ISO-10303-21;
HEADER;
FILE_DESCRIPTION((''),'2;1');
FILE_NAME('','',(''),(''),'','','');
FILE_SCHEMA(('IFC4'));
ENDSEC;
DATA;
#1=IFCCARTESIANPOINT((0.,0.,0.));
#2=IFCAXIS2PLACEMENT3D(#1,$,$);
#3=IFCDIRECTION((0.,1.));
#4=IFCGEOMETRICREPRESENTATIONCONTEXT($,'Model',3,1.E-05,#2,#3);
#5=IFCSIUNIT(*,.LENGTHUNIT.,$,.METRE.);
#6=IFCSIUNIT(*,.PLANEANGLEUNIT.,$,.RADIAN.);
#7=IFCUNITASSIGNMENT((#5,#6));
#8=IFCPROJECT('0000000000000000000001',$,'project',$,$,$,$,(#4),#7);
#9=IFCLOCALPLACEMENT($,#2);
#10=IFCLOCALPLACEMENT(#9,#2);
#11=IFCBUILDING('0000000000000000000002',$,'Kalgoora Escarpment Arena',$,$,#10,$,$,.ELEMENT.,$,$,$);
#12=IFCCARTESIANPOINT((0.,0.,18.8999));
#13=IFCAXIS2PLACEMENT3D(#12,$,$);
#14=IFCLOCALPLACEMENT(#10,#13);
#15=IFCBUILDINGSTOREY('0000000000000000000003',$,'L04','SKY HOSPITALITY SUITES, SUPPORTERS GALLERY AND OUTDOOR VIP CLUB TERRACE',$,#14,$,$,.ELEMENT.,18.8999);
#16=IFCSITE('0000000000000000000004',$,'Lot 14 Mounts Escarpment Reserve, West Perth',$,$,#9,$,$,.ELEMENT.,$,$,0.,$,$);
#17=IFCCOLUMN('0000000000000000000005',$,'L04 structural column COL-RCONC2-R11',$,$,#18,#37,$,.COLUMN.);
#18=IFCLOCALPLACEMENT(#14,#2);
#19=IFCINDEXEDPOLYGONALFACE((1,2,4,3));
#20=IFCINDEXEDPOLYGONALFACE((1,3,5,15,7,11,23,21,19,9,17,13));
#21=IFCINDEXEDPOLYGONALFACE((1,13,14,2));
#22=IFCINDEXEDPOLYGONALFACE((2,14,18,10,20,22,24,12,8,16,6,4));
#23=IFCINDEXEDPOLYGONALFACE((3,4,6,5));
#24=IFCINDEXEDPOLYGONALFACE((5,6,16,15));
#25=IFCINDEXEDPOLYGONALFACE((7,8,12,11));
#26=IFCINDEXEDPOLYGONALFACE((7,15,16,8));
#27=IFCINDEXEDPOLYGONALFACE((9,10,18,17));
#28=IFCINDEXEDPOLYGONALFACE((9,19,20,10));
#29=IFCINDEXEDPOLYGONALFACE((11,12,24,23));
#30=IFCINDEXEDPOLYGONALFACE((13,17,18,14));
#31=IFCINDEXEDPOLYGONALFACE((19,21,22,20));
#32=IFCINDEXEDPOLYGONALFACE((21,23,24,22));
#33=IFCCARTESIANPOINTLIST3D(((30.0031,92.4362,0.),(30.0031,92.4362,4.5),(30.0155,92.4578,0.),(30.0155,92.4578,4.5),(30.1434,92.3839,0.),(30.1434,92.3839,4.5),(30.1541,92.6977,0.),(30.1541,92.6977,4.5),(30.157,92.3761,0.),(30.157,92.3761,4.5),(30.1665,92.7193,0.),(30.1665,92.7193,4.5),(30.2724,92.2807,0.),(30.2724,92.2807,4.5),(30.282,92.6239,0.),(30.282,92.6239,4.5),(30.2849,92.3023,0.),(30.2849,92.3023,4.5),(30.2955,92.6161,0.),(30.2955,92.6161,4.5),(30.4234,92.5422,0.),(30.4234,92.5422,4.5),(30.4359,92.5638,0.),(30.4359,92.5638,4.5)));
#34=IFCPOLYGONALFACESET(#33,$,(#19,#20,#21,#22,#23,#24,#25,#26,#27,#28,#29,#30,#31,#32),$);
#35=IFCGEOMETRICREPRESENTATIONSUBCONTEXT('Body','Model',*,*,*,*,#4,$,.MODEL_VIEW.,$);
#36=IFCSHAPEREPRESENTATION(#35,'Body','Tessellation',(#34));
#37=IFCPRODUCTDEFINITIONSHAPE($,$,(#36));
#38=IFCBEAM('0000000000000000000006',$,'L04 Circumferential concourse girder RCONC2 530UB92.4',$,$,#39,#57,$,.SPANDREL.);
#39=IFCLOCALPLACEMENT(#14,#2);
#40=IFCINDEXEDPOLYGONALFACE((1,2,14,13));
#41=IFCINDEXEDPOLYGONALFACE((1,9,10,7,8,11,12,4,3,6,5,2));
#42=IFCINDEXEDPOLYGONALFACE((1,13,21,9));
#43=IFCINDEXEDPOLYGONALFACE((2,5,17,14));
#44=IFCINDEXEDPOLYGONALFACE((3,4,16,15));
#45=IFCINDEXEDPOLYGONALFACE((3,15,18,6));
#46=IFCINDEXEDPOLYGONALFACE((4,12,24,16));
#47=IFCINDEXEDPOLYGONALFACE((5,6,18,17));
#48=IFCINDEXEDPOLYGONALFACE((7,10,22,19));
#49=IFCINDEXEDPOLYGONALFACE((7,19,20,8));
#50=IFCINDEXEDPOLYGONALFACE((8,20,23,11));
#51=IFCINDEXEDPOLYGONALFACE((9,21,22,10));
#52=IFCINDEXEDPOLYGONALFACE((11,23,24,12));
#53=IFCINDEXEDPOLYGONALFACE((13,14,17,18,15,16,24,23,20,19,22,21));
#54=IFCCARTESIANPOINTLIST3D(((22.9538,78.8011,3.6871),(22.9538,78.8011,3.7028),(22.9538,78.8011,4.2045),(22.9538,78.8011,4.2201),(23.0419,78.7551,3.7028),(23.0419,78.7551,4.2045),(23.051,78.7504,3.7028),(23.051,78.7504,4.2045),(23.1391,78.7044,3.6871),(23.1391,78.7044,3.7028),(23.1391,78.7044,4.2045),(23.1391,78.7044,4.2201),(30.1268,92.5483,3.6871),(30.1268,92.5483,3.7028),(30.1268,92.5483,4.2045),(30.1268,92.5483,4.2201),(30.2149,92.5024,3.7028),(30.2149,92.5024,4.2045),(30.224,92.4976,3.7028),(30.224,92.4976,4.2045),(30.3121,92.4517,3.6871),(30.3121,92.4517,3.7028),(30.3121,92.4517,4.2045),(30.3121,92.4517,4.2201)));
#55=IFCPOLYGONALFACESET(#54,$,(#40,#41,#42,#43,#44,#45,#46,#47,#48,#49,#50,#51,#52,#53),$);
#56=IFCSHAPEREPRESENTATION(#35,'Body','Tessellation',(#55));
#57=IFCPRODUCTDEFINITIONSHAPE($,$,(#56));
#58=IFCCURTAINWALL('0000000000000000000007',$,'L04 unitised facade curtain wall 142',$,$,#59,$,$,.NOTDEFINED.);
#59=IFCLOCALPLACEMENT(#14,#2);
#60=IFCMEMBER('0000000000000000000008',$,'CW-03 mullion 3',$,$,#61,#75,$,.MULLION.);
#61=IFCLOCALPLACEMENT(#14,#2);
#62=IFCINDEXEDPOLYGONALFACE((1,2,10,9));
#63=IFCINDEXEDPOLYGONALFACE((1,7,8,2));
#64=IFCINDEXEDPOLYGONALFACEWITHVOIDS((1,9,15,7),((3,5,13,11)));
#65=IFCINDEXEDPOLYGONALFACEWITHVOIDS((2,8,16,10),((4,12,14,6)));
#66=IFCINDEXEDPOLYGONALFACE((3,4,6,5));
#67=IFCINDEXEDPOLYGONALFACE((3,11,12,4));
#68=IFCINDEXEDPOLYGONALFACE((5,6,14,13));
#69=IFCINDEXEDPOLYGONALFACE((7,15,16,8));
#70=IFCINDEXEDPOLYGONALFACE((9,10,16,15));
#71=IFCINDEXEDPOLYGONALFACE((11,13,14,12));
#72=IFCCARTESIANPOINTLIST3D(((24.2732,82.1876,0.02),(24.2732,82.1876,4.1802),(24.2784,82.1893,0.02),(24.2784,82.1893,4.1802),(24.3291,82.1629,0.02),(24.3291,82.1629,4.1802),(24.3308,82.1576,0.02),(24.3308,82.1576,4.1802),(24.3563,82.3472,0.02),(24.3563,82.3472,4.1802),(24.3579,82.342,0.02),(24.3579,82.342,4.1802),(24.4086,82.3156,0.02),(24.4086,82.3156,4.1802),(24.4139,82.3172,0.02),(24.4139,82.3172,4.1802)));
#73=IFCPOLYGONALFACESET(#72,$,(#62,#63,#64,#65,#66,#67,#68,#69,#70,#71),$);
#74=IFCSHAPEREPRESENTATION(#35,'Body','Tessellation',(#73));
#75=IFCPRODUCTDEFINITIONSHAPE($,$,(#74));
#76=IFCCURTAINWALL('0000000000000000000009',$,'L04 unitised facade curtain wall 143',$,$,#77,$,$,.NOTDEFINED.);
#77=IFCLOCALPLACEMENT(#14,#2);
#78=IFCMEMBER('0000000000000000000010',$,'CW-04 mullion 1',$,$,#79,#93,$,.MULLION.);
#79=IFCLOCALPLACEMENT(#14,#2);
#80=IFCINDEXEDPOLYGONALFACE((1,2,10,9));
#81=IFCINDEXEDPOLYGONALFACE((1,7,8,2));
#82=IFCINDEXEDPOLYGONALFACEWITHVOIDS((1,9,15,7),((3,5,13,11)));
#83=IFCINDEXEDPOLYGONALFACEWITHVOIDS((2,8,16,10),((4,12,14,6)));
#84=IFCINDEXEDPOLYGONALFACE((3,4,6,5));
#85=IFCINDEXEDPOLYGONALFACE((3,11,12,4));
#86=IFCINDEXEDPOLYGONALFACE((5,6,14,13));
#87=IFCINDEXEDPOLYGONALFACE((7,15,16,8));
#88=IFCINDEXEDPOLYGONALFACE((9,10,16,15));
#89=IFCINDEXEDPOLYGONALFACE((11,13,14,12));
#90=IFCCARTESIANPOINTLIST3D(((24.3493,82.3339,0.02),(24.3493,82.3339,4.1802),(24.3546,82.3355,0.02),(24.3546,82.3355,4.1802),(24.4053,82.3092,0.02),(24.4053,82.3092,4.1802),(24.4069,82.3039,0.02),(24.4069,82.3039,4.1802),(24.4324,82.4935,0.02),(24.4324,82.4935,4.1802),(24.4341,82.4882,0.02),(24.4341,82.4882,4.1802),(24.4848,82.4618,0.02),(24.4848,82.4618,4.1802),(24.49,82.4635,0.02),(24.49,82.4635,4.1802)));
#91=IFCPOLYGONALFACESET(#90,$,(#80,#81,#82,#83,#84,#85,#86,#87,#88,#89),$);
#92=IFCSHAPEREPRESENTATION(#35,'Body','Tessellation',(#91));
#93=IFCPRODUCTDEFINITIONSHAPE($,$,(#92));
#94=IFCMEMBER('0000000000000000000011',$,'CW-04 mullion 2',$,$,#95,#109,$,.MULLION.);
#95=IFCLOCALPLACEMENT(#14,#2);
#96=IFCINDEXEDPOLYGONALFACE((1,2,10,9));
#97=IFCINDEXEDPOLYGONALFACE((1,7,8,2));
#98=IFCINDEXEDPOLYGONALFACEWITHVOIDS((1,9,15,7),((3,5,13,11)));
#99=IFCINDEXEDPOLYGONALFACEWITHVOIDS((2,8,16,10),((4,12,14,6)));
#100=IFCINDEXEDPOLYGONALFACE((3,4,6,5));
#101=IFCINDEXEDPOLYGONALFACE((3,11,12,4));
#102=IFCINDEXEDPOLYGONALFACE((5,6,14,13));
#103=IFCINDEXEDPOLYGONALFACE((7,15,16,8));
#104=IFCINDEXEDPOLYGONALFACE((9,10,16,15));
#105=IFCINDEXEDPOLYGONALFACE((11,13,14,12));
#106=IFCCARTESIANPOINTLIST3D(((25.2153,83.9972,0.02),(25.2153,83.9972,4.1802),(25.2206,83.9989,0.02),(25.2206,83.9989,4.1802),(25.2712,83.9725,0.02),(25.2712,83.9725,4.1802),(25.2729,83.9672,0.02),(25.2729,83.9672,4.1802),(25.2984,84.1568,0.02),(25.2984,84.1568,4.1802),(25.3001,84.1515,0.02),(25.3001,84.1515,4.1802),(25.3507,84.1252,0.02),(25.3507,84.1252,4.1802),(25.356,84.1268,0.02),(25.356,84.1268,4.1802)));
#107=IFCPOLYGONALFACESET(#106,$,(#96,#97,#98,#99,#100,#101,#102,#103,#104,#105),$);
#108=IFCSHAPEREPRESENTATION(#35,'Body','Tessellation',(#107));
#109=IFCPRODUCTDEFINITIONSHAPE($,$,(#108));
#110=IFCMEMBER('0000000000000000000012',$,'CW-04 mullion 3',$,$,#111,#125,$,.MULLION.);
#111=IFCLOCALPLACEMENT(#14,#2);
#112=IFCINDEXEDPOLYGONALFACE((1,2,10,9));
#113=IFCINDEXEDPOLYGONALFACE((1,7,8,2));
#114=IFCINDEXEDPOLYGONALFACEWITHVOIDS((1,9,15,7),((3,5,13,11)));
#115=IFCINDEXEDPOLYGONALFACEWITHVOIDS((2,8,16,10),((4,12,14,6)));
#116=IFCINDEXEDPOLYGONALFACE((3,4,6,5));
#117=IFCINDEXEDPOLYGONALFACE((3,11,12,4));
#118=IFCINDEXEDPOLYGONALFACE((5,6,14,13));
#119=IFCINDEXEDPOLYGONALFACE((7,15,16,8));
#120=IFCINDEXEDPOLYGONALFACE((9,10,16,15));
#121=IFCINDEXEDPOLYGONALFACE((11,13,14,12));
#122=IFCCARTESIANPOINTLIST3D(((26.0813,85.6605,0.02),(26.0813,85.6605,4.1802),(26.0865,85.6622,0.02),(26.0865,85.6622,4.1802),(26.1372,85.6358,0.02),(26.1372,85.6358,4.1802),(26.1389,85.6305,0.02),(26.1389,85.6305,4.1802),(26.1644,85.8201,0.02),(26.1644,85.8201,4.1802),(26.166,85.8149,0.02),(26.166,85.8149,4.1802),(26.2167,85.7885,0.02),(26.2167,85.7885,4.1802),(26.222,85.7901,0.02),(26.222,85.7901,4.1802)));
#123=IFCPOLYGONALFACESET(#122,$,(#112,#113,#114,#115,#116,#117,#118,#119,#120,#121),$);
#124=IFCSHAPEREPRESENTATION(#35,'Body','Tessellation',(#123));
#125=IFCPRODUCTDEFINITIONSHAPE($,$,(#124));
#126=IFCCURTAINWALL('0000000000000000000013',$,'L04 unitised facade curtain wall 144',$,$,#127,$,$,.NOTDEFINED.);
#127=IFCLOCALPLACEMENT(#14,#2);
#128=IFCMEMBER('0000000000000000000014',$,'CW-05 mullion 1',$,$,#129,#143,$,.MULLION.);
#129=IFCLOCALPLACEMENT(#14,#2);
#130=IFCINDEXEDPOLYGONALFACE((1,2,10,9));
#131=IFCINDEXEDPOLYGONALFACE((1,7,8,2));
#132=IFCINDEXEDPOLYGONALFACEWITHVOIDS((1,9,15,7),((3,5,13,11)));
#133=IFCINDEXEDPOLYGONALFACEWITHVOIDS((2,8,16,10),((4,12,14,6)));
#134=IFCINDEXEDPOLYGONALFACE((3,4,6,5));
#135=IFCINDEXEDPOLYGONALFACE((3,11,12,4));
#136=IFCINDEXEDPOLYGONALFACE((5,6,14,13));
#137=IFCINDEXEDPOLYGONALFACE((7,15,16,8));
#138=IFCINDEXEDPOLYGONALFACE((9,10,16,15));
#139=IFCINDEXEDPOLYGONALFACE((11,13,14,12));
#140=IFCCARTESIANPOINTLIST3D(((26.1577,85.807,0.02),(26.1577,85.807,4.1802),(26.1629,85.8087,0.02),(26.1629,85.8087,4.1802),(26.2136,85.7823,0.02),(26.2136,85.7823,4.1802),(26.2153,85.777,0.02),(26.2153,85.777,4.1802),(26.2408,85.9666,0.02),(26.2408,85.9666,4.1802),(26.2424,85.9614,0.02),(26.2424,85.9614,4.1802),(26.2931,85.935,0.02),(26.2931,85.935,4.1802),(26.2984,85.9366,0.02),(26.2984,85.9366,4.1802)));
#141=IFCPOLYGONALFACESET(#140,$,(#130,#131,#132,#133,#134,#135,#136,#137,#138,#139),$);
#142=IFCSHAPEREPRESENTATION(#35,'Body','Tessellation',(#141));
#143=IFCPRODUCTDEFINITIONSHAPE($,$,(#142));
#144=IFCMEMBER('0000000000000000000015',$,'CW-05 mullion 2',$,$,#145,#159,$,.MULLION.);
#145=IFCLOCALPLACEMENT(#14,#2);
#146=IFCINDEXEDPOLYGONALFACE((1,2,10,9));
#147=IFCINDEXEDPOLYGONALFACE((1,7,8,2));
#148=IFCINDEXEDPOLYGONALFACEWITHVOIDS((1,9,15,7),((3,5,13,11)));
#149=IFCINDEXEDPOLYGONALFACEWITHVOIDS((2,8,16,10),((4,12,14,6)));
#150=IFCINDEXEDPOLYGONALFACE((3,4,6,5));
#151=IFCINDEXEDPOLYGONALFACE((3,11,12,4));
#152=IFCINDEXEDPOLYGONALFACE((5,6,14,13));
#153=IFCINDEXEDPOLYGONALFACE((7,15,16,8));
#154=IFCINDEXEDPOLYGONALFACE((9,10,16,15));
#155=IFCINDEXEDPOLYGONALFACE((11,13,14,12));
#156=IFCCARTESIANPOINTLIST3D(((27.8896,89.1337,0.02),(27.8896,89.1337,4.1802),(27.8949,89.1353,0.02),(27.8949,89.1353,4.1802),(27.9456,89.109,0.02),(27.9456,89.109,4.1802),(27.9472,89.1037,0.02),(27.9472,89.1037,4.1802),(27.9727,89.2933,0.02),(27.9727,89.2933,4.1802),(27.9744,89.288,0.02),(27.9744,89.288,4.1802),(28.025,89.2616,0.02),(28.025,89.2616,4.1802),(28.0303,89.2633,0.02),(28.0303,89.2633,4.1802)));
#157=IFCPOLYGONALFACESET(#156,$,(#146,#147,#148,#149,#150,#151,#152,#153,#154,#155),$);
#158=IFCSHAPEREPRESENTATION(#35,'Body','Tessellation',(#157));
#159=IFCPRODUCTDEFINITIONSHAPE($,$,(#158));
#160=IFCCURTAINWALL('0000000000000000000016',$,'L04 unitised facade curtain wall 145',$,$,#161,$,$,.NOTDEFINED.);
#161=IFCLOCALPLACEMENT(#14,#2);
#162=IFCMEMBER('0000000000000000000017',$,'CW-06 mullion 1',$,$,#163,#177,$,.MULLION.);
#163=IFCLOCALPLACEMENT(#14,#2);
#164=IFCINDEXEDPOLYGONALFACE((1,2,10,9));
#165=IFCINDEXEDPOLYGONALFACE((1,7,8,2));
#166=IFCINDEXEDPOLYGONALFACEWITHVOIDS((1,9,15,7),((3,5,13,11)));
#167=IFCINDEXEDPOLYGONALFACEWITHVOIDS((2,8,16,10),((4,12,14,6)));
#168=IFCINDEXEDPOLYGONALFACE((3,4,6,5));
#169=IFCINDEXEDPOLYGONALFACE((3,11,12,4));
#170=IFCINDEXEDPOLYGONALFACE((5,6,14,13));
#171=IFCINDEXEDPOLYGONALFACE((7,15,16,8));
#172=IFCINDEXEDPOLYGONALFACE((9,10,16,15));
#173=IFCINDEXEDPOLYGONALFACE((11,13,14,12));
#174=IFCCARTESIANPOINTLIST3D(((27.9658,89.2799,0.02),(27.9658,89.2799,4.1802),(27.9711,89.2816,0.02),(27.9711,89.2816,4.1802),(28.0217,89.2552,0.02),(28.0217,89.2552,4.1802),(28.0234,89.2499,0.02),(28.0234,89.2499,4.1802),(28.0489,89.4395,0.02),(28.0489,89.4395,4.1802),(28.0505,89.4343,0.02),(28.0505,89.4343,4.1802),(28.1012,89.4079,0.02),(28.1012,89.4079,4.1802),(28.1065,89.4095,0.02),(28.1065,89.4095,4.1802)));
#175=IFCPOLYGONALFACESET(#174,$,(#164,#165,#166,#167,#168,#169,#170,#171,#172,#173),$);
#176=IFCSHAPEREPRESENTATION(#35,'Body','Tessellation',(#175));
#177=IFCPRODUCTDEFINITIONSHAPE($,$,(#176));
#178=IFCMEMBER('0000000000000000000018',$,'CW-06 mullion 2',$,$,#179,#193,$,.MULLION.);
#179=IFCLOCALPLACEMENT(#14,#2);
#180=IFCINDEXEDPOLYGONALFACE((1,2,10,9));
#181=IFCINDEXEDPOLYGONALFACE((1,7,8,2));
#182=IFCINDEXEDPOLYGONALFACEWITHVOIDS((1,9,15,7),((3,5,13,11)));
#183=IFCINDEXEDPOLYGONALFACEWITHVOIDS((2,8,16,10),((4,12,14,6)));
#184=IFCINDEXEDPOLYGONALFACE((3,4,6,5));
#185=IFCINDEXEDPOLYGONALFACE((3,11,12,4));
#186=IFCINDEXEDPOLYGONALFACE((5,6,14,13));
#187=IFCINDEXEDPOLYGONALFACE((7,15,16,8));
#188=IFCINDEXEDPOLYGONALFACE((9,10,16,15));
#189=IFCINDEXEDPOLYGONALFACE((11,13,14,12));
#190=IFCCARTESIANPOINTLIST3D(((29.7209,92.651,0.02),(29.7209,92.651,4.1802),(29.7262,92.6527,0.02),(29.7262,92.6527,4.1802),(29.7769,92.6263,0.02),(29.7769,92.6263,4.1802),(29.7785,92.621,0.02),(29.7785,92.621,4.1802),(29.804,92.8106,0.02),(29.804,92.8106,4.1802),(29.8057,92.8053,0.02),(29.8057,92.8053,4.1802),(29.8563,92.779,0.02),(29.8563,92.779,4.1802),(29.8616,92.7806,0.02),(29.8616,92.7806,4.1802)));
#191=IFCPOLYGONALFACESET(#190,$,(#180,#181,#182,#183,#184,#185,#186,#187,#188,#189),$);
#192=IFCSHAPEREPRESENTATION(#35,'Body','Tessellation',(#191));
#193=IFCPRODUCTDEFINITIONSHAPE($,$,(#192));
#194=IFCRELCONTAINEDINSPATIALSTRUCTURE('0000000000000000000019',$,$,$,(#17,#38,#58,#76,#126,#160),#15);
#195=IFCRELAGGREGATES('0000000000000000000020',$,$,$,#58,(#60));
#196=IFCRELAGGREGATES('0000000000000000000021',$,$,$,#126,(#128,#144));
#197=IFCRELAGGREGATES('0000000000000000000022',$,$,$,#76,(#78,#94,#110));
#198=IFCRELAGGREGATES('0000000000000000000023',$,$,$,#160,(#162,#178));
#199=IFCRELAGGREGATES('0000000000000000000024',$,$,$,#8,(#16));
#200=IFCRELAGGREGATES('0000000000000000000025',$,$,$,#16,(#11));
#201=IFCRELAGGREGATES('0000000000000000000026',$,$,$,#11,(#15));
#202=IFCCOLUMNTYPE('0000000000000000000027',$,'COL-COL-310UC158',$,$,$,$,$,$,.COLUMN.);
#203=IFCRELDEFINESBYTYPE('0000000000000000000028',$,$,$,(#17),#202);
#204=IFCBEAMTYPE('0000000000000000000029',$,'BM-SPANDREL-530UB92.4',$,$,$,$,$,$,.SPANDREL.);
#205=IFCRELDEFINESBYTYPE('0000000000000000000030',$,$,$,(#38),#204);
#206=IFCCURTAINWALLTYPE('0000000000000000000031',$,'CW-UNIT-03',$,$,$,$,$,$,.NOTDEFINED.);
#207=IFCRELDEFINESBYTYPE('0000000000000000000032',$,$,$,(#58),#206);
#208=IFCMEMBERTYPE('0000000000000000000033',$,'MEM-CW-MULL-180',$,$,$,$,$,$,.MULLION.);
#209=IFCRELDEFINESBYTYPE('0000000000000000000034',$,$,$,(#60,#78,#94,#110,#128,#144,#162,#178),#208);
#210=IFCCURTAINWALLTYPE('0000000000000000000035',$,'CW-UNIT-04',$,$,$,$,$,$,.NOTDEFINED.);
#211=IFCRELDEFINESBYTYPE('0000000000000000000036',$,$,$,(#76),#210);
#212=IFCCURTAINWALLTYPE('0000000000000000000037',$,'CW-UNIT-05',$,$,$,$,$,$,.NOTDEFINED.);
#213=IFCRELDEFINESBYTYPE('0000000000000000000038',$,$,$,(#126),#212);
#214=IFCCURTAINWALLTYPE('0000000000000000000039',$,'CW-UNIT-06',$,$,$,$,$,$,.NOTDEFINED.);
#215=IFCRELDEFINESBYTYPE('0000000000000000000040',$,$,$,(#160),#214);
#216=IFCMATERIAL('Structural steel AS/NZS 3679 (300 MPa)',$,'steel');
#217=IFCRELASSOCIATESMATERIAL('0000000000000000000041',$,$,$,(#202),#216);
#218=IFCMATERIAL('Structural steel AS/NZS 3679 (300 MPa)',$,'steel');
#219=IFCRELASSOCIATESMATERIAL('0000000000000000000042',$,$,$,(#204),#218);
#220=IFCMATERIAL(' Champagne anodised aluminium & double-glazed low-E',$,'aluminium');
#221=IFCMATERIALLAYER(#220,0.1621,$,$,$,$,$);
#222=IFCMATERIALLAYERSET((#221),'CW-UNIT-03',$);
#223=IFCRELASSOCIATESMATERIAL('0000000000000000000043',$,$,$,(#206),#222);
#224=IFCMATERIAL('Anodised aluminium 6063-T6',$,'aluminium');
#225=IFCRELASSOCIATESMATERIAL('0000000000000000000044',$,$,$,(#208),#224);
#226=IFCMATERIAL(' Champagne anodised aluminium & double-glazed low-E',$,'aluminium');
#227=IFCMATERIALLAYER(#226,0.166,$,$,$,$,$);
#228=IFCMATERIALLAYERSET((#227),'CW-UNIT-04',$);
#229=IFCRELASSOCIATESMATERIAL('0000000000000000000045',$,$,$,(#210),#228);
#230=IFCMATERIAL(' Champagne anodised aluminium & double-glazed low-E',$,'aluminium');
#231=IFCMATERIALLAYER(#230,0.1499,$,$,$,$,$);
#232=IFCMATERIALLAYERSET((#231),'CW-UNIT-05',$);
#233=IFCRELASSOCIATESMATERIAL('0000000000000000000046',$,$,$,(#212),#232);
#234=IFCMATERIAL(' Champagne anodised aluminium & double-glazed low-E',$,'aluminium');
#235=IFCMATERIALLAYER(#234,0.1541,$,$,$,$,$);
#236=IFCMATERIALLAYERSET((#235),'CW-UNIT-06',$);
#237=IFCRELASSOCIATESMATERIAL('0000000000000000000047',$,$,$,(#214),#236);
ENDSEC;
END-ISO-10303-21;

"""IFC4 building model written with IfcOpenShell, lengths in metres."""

from ifc_helpers import new_model, si_unit, direction, frame, origin, origin_2d, place, context, subcontext, project, spatial, hollow_rectangle, i_section, extrude, material, layer, layer_set, material_profile, profile_set, type_object, element, aggregate, save


model = new_model("IFC4")

# Units and contexts
model_context = context("Model", 3, precision=1e-05, world=origin(), true_north=direction((0.0, 1.0)))
body_context = subcontext(model_context, "Body", "Model", "MODEL_VIEW")
ifc_project = project(units=[si_unit("LENGTHUNIT", "METRE"), si_unit("PLANEANGLEUNIT", "RADIAN")], contexts=[model_context])

# Site, building, storey
site_placement = place(None, origin())
site = spatial("IfcSite", under=ifc_project, at=site_placement, Name="Lot 14 Mounts Escarpment Reserve, West Perth", CompositionType="ELEMENT", RefElevation=0.0)
building_placement = place(site_placement, origin())
building = spatial("IfcBuilding", under=site, at=building_placement, Name="Kalgoora Escarpment Arena", CompositionType="ELEMENT")
storey_placement = place(building_placement, frame((0.0, 0.0, 18.8999)))
storey = spatial("IfcBuildingStorey", under=building, at=storey_placement, Name="L04", Description="SKY HOSPITALITY SUITES, SUPPORTERS GALLERY AND OUTDOOR VIP CLUB TERRACE", CompositionType="ELEMENT", Elevation=18.8999)

# Column
ifc_material_1 = material(Name="Structural steel AS/NZS 3679 (300 MPa)", Category="steel")
ifc_material_profile_1 = material_profile(ifc_material_1, i_section(OverallWidth=0.311, OverallDepth=0.3269, WebThickness=0.0156, FlangeThickness=0.0249, at=origin_2d()))
ifc_profile_set_1 = profile_set([ifc_material_profile_1], Name="Structural steel AS/NZS 3679 (300 MPa)")
column_type = type_object("IfcColumnType", Name="COL-COL-310UC158", PredefinedType="COLUMN", material=ifc_profile_set_1)
column_placement = place(storey_placement, frame((30.2195, 92.5, 0.0), z_axis=(0.0, 0.0, 1.0), x_axis=(-0.866025, 0.5, 0.0)))
element("IfcColumn", 1, at=column_placement, inside=storey, type_object=column_type, Name="L04 structural column COL-RCONC2-R11", PredefinedType="COLUMN", context=body_context, shape_type="SweptSolid", body=[
    extrude(i_section(OverallWidth=0.311, OverallDepth=0.3269, WebThickness=0.0156, FlangeThickness=0.0249, at=origin_2d()), origin(), (0.0, 0.0, 1.0), 4.5),
])

# Beam
ifc_material_2 = material(Name="Structural steel AS/NZS 3679 (300 MPa)", Category="steel")
ifc_material_profile_2 = material_profile(ifc_material_2, i_section(OverallWidth=0.209, OverallDepth=0.533, WebThickness=0.0103, FlangeThickness=0.0156, at=origin_2d()))
ifc_profile_set_2 = profile_set([ifc_material_profile_2], Name="Structural steel AS/NZS 3679 (300 MPa)")
beam_type = type_object("IfcBeamType", Name="BM-SPANDREL-530UB92.4", PredefinedType="SPANDREL", material=ifc_profile_set_2)
beam_placement = place(storey_placement, frame((30.2195, 92.5, 3.9536), z_axis=(-0.462596, -0.886569, 0.0), x_axis=(0.886569, -0.462596, 0.0)))
element("IfcBeam", 2, at=beam_placement, inside=storey, type_object=beam_type, Name="L04 Circumferential concourse girder RCONC2 530UB92.4", PredefinedType="SPANDREL", context=body_context, shape_type="SweptSolid", body=[
    extrude(i_section(OverallWidth=0.209, OverallDepth=0.533, WebThickness=0.0103, FlangeThickness=0.0156, at=origin_2d()), origin(), (0.0, 0.0, 1.0), 15.5061),
])

# Curtain wall, member
ifc_material_3 = material(Name=" Champagne anodised aluminium & double-glazed low-E", Category="aluminium")
ifc_layer_1 = layer(ifc_material_3, 0.1621)
ifc_layer_set_1 = layer_set([ifc_layer_1], Name="CW-UNIT-03")
curtain_wall_type_1 = type_object("IfcCurtainWallType", Name="CW-UNIT-03", PredefinedType="NOTDEFINED", material=ifc_layer_set_1)
curtain_wall_1_placement = place(storey_placement, origin())
curtain_wall_1 = element("IfcCurtainWall", 3, at=curtain_wall_1_placement, inside=storey, type_object=curtain_wall_type_1, Name="L04 unitised facade curtain wall 142", PredefinedType="NOTDEFINED")
ifc_material_4 = material(Name="Anodised aluminium 6063-T6", Category="aluminium")
ifc_material_profile_3 = material_profile(ifc_material_4, hollow_rectangle(XDim=0.0649, YDim=0.1799, WallThickness=0.0039, at=origin_2d()))
ifc_profile_set_3 = profile_set([ifc_material_profile_3], Name="Anodised aluminium 6063-T6")
member_type_1 = type_object("IfcMemberType", Name="MEM-CW-MULL-180", PredefinedType="MULLION", material=ifc_profile_set_3)
member_1_placement = place(storey_placement, frame((24.3435, 82.2524, 0.02), z_axis=(0.0, 0.0, 1.0), x_axis=(-0.886981, 0.461806, 0.0)))
member_1 = element("IfcMember", 4, at=member_1_placement, type_object=member_type_1, Name="CW-03 mullion 3", PredefinedType="MULLION", context=body_context, shape_type="SweptSolid", body=[
    extrude(hollow_rectangle(XDim=0.0649, YDim=0.1799, WallThickness=0.0039, at=origin_2d()), origin(), (0.0, 0.0, 1.0), 4.1602),
])

# Curtain walls, members
ifc_material_5 = material(Name=" Champagne anodised aluminium & double-glazed low-E", Category="aluminium")
ifc_layer_2 = layer(ifc_material_5, 0.166)
ifc_layer_set_2 = layer_set([ifc_layer_2], Name="CW-UNIT-04")
curtain_wall_type_2 = type_object("IfcCurtainWallType", Name="CW-UNIT-04", PredefinedType="NOTDEFINED", material=ifc_layer_set_2)
curtain_wall_2_placement = place(storey_placement, origin())
curtain_wall_2 = element("IfcCurtainWall", 5, at=curtain_wall_2_placement, inside=storey, type_object=curtain_wall_type_2, Name="L04 unitised facade curtain wall 143", PredefinedType="NOTDEFINED")
member_2_placement = place(storey_placement, frame((24.4197, 82.3987, 0.02), z_axis=(0.0, 0.0, 1.0), x_axis=(-0.886985, 0.461799, 0.0)))
member_2 = element("IfcMember", 6, at=member_2_placement, type_object=member_type_1, Name="CW-04 mullion 1", PredefinedType="MULLION", context=body_context, shape_type="SweptSolid", body=[
    extrude(hollow_rectangle(XDim=0.0649, YDim=0.1799, WallThickness=0.0039, at=origin_2d()), origin(), (0.0, 0.0, 1.0), 4.1602),
])
member_3_placement = place(storey_placement, frame((25.2856, 84.062, 0.02), z_axis=(0.0, 0.0, 1.0), x_axis=(-0.886985, 0.461799, 0.0)))
member_3 = element("IfcMember", 7, at=member_3_placement, type_object=member_type_1, Name="CW-04 mullion 2", PredefinedType="MULLION", context=body_context, shape_type="SweptSolid", body=[
    extrude(hollow_rectangle(XDim=0.0649, YDim=0.1799, WallThickness=0.0039, at=origin_2d()), origin(), (0.0, 0.0, 1.0), 4.1602),
])
member_4_placement = place(storey_placement, frame((26.1516, 85.7253, 0.02), z_axis=(0.0, 0.0, 1.0), x_axis=(-0.886985, 0.461799, 0.0)))
member_4 = element("IfcMember", 8, at=member_4_placement, type_object=member_type_1, Name="CW-04 mullion 3", PredefinedType="MULLION", context=body_context, shape_type="SweptSolid", body=[
    extrude(hollow_rectangle(XDim=0.0649, YDim=0.1799, WallThickness=0.0039, at=origin_2d()), origin(), (0.0, 0.0, 1.0), 4.1602),
])
ifc_material_6 = material(Name=" Champagne anodised aluminium & double-glazed low-E", Category="aluminium")
ifc_layer_3 = layer(ifc_material_6, 0.1499)
ifc_layer_set_3 = layer_set([ifc_layer_3], Name="CW-UNIT-05")
curtain_wall_type_3 = type_object("IfcCurtainWallType", Name="CW-UNIT-05", PredefinedType="NOTDEFINED", material=ifc_layer_set_3)
curtain_wall_3_placement = place(storey_placement, origin())
curtain_wall_3 = element("IfcCurtainWall", 9, at=curtain_wall_3_placement, inside=storey, type_object=curtain_wall_type_3, Name="L04 unitised facade curtain wall 144", PredefinedType="NOTDEFINED")
member_5_placement = place(storey_placement, frame((26.228, 85.8718, 0.02), z_axis=(0.0, 0.0, 1.0), x_axis=(-0.886985, 0.461799, 0.0)))
member_5 = element("IfcMember", 10, at=member_5_placement, type_object=member_type_1, Name="CW-05 mullion 1", PredefinedType="MULLION", context=body_context, shape_type="SweptSolid", body=[
    extrude(hollow_rectangle(XDim=0.0649, YDim=0.1799, WallThickness=0.0039, at=origin_2d()), origin(), (0.0, 0.0, 1.0), 4.1602),
])
member_6_placement = place(storey_placement, frame((27.96, 89.1985, 0.02), z_axis=(0.0, 0.0, 1.0), x_axis=(-0.886985, 0.461799, 0.0)))
member_6 = element("IfcMember", 11, at=member_6_placement, type_object=member_type_1, Name="CW-05 mullion 2", PredefinedType="MULLION", context=body_context, shape_type="SweptSolid", body=[
    extrude(hollow_rectangle(XDim=0.0649, YDim=0.1799, WallThickness=0.0039, at=origin_2d()), origin(), (0.0, 0.0, 1.0), 4.1602),
])
ifc_material_7 = material(Name=" Champagne anodised aluminium & double-glazed low-E", Category="aluminium")
ifc_layer_4 = layer(ifc_material_7, 0.1541)
ifc_layer_set_4 = layer_set([ifc_layer_4], Name="CW-UNIT-06")
curtain_wall_type_4 = type_object("IfcCurtainWallType", Name="CW-UNIT-06", PredefinedType="NOTDEFINED", material=ifc_layer_set_4)
curtain_wall_4_placement = place(storey_placement, origin())
curtain_wall_4 = element("IfcCurtainWall", 12, at=curtain_wall_4_placement, inside=storey, type_object=curtain_wall_type_4, Name="L04 unitised facade curtain wall 145", PredefinedType="NOTDEFINED")
member_7_placement = place(storey_placement, frame((28.0361, 89.3447, 0.02), z_axis=(0.0, 0.0, 1.0), x_axis=(-0.886986, 0.461796, 0.0)))
member_7 = element("IfcMember", 13, at=member_7_placement, type_object=member_type_1, Name="CW-06 mullion 1", PredefinedType="MULLION", context=body_context, shape_type="SweptSolid", body=[
    extrude(hollow_rectangle(XDim=0.0649, YDim=0.1799, WallThickness=0.0039, at=origin_2d()), origin(), (0.0, 0.0, 1.0), 4.1602),
])
member_8_placement = place(storey_placement, frame((29.7913, 92.7158, 0.02), z_axis=(0.0, 0.0, 1.0), x_axis=(-0.886986, 0.461796, 0.0)))
member_8 = element("IfcMember", 14, at=member_8_placement, type_object=member_type_1, Name="CW-06 mullion 2", PredefinedType="MULLION", context=body_context, shape_type="SweptSolid", body=[
    extrude(hollow_rectangle(XDim=0.0649, YDim=0.1799, WallThickness=0.0039, at=origin_2d()), origin(), (0.0, 0.0, 1.0), 4.1602),
])

aggregate(curtain_wall_1, [member_1])
aggregate(curtain_wall_3, [member_5, member_6])
aggregate(curtain_wall_2, [member_2, member_3, member_4])
aggregate(curtain_wall_4, [member_7, member_8])

save(model, "model.ifc")
